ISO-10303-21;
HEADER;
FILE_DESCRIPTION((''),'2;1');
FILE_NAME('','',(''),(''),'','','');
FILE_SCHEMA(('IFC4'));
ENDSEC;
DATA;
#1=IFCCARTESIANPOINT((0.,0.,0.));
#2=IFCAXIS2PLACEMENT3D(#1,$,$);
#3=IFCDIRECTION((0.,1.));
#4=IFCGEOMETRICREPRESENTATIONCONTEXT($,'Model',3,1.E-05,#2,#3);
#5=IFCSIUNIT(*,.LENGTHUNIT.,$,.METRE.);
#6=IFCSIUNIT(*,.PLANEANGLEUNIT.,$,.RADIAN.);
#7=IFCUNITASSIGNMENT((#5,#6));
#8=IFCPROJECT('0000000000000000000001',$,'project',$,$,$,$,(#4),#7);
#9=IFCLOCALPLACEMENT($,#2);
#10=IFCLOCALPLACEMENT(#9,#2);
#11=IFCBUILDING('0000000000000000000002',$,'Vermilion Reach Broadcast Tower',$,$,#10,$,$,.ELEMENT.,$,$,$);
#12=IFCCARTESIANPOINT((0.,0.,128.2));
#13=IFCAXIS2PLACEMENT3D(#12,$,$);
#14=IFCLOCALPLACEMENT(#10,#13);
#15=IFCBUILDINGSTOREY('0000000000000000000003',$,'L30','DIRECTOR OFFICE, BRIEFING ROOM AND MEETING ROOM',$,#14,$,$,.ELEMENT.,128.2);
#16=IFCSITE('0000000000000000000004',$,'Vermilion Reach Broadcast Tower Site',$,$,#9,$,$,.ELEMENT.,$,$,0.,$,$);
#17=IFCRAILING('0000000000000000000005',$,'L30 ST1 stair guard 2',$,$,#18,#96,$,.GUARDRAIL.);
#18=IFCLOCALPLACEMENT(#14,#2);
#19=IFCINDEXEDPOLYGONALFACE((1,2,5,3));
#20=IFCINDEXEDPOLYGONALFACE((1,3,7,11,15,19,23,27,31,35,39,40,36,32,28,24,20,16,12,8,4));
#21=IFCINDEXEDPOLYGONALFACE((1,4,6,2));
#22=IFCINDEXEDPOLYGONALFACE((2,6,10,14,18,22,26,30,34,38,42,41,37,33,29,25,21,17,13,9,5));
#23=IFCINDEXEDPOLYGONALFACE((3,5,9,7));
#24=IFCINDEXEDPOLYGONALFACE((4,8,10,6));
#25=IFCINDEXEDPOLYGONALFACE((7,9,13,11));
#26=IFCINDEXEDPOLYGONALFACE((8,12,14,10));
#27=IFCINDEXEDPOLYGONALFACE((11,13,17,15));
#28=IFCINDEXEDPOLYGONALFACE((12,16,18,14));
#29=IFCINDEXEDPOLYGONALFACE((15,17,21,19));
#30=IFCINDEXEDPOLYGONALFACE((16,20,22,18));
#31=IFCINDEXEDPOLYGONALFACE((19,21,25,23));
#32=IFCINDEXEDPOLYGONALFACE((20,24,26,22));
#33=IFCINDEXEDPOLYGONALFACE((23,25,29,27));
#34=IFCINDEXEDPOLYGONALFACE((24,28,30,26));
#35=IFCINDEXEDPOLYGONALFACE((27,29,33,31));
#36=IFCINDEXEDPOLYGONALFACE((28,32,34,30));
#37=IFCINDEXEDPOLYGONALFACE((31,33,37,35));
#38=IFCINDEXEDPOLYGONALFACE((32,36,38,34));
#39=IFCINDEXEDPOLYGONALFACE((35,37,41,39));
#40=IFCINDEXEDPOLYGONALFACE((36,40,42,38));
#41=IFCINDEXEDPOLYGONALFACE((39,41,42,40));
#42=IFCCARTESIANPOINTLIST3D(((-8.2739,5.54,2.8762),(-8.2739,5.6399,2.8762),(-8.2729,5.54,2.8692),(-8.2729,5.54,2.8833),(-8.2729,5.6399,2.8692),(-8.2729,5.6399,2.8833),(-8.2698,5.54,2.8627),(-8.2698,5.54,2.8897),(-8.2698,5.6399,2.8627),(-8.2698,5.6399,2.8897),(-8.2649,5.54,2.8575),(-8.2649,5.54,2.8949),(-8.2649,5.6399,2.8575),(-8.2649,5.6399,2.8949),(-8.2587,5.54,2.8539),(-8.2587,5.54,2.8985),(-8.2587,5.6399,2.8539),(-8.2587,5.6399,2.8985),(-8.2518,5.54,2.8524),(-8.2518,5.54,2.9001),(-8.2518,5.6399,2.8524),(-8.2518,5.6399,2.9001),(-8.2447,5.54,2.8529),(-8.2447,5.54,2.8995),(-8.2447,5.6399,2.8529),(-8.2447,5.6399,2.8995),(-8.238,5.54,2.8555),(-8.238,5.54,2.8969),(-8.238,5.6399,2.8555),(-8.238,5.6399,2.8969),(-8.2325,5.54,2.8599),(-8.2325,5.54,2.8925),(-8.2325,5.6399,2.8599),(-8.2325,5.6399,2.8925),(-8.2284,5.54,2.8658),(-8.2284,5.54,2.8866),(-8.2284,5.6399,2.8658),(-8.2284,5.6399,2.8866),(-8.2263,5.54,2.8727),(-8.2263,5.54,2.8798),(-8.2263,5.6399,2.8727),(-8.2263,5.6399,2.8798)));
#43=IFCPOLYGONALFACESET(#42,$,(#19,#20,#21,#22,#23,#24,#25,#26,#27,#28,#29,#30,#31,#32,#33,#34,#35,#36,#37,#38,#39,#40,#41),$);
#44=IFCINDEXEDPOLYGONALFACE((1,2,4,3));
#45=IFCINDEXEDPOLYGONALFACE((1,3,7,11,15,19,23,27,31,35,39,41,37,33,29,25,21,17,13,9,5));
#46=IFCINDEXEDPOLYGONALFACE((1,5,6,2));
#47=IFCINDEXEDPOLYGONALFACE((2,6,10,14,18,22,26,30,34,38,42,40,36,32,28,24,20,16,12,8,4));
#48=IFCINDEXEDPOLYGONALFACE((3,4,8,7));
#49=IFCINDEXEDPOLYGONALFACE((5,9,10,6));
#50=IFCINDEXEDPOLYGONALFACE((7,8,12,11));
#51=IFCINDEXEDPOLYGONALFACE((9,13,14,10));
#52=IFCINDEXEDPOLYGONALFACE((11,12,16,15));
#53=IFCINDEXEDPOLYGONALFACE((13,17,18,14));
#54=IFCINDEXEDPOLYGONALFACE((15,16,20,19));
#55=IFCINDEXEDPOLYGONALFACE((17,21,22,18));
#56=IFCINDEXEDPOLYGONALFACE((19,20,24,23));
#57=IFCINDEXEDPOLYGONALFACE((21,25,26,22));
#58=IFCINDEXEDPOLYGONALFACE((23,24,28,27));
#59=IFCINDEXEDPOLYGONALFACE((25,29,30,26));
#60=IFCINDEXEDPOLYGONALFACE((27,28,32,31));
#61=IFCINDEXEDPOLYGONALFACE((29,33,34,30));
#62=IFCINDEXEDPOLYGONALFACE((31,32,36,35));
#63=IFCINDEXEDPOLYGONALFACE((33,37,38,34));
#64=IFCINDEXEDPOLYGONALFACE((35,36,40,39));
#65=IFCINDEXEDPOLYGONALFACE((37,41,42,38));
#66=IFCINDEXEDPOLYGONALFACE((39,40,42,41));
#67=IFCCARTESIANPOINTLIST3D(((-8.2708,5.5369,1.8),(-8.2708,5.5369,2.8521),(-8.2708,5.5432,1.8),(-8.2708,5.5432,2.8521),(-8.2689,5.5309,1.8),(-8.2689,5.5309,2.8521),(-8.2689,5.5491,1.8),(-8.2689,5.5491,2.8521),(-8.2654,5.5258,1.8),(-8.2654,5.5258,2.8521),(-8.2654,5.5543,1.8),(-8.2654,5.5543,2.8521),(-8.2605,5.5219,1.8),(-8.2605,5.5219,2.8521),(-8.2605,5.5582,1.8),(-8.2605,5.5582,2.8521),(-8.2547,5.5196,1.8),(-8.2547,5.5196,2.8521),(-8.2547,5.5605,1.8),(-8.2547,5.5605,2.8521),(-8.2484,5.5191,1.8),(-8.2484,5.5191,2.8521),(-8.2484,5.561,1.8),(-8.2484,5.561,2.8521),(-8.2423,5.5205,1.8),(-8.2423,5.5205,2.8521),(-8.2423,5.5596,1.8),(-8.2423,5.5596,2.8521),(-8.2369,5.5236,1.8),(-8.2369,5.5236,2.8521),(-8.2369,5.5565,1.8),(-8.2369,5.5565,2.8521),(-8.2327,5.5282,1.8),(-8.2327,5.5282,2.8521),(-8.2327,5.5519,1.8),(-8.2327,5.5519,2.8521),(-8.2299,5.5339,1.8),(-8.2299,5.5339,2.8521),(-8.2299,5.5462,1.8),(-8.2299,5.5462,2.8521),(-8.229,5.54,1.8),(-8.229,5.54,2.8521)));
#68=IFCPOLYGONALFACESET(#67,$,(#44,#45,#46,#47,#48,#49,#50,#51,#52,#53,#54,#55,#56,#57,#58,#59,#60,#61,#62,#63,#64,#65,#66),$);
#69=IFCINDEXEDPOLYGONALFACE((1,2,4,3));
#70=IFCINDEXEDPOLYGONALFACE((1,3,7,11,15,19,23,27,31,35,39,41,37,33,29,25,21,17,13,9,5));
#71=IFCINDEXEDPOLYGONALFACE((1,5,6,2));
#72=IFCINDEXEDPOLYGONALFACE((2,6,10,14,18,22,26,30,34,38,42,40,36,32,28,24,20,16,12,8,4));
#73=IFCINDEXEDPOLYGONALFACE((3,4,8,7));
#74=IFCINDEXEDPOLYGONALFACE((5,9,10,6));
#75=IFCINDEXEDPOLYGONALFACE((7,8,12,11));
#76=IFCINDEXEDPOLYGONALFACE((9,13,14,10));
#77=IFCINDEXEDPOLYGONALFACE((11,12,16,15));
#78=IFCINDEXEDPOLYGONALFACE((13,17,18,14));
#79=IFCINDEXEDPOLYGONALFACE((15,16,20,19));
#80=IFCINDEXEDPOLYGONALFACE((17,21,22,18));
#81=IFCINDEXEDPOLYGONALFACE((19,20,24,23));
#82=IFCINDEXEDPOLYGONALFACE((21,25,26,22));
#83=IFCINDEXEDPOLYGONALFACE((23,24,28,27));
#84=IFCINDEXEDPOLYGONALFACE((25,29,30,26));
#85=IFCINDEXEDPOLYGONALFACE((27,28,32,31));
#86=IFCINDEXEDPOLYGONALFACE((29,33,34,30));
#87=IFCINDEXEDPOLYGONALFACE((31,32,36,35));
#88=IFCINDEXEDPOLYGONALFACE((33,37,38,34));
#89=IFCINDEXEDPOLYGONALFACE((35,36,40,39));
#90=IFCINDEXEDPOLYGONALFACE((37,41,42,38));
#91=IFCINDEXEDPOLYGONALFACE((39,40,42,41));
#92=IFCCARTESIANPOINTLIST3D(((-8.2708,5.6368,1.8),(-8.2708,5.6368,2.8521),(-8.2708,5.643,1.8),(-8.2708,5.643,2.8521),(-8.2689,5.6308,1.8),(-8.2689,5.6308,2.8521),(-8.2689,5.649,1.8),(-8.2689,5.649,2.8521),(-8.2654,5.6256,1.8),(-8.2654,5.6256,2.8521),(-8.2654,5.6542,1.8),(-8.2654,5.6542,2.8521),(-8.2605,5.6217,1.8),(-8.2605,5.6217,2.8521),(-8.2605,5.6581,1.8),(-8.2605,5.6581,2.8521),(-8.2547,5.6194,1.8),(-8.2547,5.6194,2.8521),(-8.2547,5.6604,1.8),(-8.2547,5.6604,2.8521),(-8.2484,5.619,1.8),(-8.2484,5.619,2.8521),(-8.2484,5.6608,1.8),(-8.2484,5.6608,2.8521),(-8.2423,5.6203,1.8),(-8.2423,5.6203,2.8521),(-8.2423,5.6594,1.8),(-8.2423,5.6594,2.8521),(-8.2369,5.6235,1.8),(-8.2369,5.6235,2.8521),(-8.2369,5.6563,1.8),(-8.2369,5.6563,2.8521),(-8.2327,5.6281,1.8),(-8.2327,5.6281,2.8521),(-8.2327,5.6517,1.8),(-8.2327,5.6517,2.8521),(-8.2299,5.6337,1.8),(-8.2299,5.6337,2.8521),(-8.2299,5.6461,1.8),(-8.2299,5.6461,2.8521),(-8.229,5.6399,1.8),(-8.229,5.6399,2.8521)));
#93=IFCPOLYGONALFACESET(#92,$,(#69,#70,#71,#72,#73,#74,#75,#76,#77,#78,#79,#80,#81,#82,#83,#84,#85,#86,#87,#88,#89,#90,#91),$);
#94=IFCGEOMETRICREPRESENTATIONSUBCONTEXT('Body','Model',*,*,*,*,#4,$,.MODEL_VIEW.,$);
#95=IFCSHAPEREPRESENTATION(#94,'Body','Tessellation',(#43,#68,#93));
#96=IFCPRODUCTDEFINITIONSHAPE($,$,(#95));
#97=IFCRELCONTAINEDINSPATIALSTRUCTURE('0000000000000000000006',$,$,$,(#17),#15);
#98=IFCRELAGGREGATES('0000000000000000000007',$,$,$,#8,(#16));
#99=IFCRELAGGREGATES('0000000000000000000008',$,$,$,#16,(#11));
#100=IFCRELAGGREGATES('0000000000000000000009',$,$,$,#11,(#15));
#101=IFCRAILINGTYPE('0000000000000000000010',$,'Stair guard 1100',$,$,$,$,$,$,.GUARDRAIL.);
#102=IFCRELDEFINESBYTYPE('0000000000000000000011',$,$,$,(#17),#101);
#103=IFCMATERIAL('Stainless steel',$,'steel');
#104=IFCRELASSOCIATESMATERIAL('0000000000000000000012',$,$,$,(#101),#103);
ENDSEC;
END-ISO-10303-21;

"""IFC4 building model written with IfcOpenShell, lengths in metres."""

from ifc_helpers import new_model, si_unit, direction, frame, origin, origin_2d, place, context, subcontext, project, spatial, circle, extrude, material, type_object, element, save


model = new_model("IFC4")

# Units and contexts
model_context = context("Model", 3, precision=1e-05, world=origin(), true_north=direction((0.0, 1.0)))
body_context = subcontext(model_context, "Body", "Model", "MODEL_VIEW")
ifc_project = project(units=[si_unit("LENGTHUNIT", "METRE"), si_unit("PLANEANGLEUNIT", "RADIAN")], contexts=[model_context])

# Site, building, storey
site_placement = place(None, origin())
site = spatial("IfcSite", under=ifc_project, at=site_placement, Name="Vermilion Reach Broadcast Tower Site", CompositionType="ELEMENT", RefElevation=0.0)
building_placement = place(site_placement, origin())
building = spatial("IfcBuilding", under=site, at=building_placement, Name="Vermilion Reach Broadcast Tower", CompositionType="ELEMENT")
storey_placement = place(building_placement, frame((0.0, 0.0, 128.2)))
storey = spatial("IfcBuildingStorey", under=building, at=storey_placement, Name="L30", Description="DIRECTOR OFFICE, BRIEFING ROOM AND MEETING ROOM", CompositionType="ELEMENT", Elevation=128.2)

# Railing
ifc_material_1 = material(Name="Stainless steel", Category="steel")
railing_type_1 = type_object("IfcRailingType", Name="Stair guard 1100", PredefinedType="GUARDRAIL", material=ifc_material_1)
railing_1_placement = place(storey_placement, frame((-8.25, 5.54, 1.8)))
element("IfcRailing", 1, at=railing_1_placement, inside=storey, type_object=railing_type_1, Name="L30 ST1 stair guard 2", PredefinedType="GUARDRAIL", context=body_context, shape_type="SweptSolid", body=[
    extrude(circle(Radius=0.0239, at=origin_2d()), frame((0.0, 0.0, 1.0762), z_axis=(0.0, 1.0, 0.0), x_axis=(-1.0, 0.0, 0.0)), (0.0, 0.0, 1.0), 0.0999),
    extrude(circle(Radius=0.021, at=origin_2d()), origin(), (0.0, 0.0, 1.0), 1.052),
    extrude(circle(Radius=0.021, at=origin_2d()), frame((0.0, 0.0999, 0.0)), (0.0, 0.0, 1.0), 1.052),
])

save(model, "model.ifc")
